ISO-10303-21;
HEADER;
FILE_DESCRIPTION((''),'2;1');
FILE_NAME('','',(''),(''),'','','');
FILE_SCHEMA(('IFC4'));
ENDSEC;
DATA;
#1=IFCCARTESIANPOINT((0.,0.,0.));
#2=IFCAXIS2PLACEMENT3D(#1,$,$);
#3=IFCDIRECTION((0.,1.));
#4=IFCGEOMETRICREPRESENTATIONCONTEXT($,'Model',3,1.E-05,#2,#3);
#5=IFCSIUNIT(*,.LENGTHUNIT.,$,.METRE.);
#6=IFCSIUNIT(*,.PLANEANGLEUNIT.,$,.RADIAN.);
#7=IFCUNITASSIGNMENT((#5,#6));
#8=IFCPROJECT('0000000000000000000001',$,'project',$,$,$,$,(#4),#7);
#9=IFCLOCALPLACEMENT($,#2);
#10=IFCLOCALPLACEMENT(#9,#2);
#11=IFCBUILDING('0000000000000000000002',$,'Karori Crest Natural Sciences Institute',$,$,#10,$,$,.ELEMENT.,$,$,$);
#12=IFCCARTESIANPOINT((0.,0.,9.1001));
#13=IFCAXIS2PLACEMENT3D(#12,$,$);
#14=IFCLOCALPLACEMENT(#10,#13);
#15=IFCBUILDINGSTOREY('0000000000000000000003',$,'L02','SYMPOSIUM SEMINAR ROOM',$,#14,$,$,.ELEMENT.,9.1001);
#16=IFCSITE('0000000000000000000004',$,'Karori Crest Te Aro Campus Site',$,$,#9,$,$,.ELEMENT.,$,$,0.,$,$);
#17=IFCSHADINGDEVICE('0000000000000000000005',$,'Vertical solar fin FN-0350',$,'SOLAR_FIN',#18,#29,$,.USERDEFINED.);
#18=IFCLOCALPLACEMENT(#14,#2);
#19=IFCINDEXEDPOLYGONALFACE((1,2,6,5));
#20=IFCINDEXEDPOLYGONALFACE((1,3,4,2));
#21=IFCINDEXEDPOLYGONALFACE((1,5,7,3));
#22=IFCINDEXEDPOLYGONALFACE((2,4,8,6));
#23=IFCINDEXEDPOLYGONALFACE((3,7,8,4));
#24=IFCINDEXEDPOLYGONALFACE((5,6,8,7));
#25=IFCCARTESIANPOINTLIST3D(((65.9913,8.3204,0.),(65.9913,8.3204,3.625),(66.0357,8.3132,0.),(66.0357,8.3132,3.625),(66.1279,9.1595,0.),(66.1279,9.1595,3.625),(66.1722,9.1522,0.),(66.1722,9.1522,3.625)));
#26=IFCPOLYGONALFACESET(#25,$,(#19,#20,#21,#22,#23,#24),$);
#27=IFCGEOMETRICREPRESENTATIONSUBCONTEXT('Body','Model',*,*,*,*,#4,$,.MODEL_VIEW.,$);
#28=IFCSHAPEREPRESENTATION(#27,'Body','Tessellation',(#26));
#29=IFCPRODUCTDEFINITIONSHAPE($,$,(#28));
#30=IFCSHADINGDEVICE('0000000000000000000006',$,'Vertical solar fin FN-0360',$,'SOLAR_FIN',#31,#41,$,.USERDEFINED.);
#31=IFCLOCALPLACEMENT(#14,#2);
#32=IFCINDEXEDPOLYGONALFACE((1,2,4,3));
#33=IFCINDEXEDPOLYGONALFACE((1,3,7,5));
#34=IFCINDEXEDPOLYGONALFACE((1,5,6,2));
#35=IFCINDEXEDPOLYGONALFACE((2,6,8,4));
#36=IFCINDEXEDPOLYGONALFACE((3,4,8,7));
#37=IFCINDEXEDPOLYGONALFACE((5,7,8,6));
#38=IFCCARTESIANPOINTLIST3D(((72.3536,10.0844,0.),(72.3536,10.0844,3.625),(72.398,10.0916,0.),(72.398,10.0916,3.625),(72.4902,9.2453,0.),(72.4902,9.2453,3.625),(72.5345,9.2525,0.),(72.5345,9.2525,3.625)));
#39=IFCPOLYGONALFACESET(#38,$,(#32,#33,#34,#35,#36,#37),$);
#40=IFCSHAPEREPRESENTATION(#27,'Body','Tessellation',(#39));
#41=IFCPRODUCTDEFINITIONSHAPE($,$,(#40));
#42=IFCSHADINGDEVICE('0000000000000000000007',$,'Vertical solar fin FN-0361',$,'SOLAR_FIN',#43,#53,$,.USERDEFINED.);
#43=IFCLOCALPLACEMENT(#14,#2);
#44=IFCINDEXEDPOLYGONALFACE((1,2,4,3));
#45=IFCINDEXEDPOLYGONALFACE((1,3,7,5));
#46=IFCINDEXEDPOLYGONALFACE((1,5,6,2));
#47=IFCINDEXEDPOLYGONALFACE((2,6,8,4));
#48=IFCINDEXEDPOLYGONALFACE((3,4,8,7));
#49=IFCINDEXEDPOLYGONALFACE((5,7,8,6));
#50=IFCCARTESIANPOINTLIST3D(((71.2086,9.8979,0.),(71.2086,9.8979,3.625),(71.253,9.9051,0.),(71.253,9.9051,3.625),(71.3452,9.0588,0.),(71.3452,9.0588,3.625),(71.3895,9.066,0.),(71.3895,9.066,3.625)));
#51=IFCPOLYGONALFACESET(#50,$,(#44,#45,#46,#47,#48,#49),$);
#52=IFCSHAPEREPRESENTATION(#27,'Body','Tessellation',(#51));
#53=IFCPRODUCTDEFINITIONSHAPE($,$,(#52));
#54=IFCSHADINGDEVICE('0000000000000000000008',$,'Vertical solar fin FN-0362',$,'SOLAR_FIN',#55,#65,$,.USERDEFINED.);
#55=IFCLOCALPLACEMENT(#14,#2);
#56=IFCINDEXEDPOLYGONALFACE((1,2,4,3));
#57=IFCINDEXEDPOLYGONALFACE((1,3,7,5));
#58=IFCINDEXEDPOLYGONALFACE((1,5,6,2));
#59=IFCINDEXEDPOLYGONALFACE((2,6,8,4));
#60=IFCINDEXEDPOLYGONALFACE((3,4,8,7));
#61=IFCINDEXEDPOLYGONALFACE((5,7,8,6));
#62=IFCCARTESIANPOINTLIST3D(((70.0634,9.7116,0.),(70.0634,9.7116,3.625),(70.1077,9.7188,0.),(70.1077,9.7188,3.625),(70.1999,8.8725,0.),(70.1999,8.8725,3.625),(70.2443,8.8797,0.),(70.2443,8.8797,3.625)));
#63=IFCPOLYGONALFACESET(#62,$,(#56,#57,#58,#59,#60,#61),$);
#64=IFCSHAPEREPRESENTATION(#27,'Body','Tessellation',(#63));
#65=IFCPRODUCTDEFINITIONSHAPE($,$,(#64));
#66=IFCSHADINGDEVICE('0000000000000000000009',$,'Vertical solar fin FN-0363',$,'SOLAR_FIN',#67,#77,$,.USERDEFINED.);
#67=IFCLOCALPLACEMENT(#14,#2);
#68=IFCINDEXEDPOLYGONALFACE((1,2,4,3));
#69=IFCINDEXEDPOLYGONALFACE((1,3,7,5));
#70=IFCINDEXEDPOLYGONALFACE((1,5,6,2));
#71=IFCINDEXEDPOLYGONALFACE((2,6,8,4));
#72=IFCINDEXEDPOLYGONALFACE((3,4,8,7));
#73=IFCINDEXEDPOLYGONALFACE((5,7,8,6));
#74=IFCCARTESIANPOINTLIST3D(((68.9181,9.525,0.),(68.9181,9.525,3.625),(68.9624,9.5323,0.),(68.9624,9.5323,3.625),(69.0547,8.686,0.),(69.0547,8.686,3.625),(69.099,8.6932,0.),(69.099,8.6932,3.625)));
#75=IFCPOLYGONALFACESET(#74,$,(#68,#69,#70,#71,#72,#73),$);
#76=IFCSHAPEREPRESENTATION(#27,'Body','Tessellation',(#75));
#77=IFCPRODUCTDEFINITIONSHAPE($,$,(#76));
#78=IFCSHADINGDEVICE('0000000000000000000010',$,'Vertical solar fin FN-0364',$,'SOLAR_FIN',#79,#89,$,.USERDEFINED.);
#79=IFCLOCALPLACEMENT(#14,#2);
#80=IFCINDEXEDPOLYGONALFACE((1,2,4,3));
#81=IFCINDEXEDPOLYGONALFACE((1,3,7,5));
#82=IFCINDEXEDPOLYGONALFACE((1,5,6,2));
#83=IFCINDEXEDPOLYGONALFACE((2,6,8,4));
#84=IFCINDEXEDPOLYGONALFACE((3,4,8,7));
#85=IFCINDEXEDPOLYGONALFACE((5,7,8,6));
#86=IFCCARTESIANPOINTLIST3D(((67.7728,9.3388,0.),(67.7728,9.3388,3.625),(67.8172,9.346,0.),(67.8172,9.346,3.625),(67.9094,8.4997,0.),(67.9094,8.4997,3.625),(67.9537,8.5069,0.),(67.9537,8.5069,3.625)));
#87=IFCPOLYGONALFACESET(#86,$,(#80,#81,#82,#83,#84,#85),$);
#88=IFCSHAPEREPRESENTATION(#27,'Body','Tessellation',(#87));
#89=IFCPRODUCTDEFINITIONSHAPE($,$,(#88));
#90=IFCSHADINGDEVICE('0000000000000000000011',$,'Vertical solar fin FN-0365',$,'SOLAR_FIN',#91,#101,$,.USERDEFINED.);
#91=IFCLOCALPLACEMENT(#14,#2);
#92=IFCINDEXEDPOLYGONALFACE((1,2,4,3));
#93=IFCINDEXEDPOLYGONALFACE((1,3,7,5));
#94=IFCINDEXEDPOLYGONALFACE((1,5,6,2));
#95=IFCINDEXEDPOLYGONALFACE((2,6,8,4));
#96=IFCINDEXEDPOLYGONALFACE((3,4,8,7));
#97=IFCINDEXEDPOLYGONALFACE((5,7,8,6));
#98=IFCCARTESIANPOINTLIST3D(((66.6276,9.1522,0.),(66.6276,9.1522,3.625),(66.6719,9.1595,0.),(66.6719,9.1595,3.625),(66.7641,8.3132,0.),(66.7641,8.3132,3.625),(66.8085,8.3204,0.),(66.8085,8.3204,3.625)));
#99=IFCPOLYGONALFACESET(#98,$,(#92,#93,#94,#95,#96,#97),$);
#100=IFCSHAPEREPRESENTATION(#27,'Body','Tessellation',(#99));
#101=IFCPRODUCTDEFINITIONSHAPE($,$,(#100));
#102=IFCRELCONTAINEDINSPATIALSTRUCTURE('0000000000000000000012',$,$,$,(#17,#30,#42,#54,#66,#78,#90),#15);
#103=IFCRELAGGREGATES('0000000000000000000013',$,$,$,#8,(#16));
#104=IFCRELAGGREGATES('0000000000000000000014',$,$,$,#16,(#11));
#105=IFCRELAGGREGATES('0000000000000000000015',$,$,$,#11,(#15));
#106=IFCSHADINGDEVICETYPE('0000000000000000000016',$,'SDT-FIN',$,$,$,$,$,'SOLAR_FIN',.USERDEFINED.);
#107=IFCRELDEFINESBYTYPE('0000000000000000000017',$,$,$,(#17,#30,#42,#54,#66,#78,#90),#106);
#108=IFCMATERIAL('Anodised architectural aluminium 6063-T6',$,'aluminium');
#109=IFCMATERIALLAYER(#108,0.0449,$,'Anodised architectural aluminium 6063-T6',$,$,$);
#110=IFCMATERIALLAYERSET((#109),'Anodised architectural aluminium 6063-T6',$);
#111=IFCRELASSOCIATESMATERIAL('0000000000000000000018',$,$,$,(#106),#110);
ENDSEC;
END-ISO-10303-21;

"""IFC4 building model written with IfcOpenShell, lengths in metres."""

from ifc_helpers import new_model, si_unit, direction, frame, origin, origin_2d, place, context, subcontext, project, spatial, rectangle, extrude, material, layer, layer_set, type_object, element, save


model = new_model("IFC4")

# Units and contexts
model_context = context("Model", 3, precision=1e-05, world=origin(), true_north=direction((0.0, 1.0)))
body_context = subcontext(model_context, "Body", "Model", "MODEL_VIEW")
ifc_project = project(units=[si_unit("LENGTHUNIT", "METRE"), si_unit("PLANEANGLEUNIT", "RADIAN")], contexts=[model_context])

# Site, building, storey
site_placement = place(None, origin())
site = spatial("IfcSite", under=ifc_project, at=site_placement, Name="Karori Crest Te Aro Campus Site", CompositionType="ELEMENT", RefElevation=0.0)
building_placement = place(site_placement, origin())
building = spatial("IfcBuilding", under=site, at=building_placement, Name="Karori Crest Natural Sciences Institute", CompositionType="ELEMENT")
storey_placement = place(building_placement, frame((0.0, 0.0, 9.1001)))
storey = spatial("IfcBuildingStorey", under=building, at=storey_placement, Name="L02", Description="SYMPOSIUM SEMINAR ROOM", CompositionType="ELEMENT", Elevation=9.1001)

# Shared definitions
ifc_material_1 = material(Name="Anodised architectural aluminium 6063-T6", Category="aluminium")

# Shading devices
ifc_layer_1 = layer(ifc_material_1, 0.0449, Name="Anodised architectural aluminium 6063-T6")
ifc_layer_set_1 = layer_set([ifc_layer_1], Name="Anodised architectural aluminium 6063-T6")
shading_device_type = type_object("IfcShadingDeviceType", Name="SDT-FIN", ElementType="SOLAR_FIN", PredefinedType="USERDEFINED", material=ifc_layer_set_1)
for number, where, z_axis, x_axis, name in (
    (1, (66.0818, 8.7363, 0.0), (0.0, 0.0, 1.0), (-0.160651, -0.987011, 0.0), "Vertical solar fin FN-0350"),
    (2, (72.4441, 9.6685, 0.0), (0.0, 0.0, 1.0), (0.160656, -0.98701, 0.0), "Vertical solar fin FN-0360"),
    (3, (71.2991, 9.4819, 0.0), (0.0, 0.0, 1.0), (0.160656, -0.98701, 0.0), "Vertical solar fin FN-0361"),
    (4, (70.1538, 9.2957, 0.0), (0.0, 0.0, 1.0), (0.160656, -0.98701, 0.0), "Vertical solar fin FN-0362"),
    (5, (69.0085, 9.1091, 0.0), (0.0, 0.0, 1.0), (0.160656, -0.98701, 0.0), "Vertical solar fin FN-0363"),
    (6, (67.8633, 8.9229, 0.0), (0.0, 0.0, 1.0), (0.160656, -0.98701, 0.0), "Vertical solar fin FN-0364"),
    (7, (66.718, 8.7363, 0.0), (0.0, 0.0, 1.0), (0.160656, -0.98701, 0.0), "Vertical solar fin FN-0365"),
):
    element("IfcShadingDevice", number, at=place(storey_placement, frame(where, z_axis=z_axis, x_axis=x_axis)), inside=storey, type_object=shading_device_type, Name=name, ObjectType="SOLAR_FIN", PredefinedType="USERDEFINED", context=body_context, shape_type="SweptSolid", body=[
        extrude(rectangle(XDim=0.8501, YDim=0.0449, at=origin_2d()), origin(), (0.0, 0.0, 1.0), 3.625),
    ])

save(model, "model.ifc")
